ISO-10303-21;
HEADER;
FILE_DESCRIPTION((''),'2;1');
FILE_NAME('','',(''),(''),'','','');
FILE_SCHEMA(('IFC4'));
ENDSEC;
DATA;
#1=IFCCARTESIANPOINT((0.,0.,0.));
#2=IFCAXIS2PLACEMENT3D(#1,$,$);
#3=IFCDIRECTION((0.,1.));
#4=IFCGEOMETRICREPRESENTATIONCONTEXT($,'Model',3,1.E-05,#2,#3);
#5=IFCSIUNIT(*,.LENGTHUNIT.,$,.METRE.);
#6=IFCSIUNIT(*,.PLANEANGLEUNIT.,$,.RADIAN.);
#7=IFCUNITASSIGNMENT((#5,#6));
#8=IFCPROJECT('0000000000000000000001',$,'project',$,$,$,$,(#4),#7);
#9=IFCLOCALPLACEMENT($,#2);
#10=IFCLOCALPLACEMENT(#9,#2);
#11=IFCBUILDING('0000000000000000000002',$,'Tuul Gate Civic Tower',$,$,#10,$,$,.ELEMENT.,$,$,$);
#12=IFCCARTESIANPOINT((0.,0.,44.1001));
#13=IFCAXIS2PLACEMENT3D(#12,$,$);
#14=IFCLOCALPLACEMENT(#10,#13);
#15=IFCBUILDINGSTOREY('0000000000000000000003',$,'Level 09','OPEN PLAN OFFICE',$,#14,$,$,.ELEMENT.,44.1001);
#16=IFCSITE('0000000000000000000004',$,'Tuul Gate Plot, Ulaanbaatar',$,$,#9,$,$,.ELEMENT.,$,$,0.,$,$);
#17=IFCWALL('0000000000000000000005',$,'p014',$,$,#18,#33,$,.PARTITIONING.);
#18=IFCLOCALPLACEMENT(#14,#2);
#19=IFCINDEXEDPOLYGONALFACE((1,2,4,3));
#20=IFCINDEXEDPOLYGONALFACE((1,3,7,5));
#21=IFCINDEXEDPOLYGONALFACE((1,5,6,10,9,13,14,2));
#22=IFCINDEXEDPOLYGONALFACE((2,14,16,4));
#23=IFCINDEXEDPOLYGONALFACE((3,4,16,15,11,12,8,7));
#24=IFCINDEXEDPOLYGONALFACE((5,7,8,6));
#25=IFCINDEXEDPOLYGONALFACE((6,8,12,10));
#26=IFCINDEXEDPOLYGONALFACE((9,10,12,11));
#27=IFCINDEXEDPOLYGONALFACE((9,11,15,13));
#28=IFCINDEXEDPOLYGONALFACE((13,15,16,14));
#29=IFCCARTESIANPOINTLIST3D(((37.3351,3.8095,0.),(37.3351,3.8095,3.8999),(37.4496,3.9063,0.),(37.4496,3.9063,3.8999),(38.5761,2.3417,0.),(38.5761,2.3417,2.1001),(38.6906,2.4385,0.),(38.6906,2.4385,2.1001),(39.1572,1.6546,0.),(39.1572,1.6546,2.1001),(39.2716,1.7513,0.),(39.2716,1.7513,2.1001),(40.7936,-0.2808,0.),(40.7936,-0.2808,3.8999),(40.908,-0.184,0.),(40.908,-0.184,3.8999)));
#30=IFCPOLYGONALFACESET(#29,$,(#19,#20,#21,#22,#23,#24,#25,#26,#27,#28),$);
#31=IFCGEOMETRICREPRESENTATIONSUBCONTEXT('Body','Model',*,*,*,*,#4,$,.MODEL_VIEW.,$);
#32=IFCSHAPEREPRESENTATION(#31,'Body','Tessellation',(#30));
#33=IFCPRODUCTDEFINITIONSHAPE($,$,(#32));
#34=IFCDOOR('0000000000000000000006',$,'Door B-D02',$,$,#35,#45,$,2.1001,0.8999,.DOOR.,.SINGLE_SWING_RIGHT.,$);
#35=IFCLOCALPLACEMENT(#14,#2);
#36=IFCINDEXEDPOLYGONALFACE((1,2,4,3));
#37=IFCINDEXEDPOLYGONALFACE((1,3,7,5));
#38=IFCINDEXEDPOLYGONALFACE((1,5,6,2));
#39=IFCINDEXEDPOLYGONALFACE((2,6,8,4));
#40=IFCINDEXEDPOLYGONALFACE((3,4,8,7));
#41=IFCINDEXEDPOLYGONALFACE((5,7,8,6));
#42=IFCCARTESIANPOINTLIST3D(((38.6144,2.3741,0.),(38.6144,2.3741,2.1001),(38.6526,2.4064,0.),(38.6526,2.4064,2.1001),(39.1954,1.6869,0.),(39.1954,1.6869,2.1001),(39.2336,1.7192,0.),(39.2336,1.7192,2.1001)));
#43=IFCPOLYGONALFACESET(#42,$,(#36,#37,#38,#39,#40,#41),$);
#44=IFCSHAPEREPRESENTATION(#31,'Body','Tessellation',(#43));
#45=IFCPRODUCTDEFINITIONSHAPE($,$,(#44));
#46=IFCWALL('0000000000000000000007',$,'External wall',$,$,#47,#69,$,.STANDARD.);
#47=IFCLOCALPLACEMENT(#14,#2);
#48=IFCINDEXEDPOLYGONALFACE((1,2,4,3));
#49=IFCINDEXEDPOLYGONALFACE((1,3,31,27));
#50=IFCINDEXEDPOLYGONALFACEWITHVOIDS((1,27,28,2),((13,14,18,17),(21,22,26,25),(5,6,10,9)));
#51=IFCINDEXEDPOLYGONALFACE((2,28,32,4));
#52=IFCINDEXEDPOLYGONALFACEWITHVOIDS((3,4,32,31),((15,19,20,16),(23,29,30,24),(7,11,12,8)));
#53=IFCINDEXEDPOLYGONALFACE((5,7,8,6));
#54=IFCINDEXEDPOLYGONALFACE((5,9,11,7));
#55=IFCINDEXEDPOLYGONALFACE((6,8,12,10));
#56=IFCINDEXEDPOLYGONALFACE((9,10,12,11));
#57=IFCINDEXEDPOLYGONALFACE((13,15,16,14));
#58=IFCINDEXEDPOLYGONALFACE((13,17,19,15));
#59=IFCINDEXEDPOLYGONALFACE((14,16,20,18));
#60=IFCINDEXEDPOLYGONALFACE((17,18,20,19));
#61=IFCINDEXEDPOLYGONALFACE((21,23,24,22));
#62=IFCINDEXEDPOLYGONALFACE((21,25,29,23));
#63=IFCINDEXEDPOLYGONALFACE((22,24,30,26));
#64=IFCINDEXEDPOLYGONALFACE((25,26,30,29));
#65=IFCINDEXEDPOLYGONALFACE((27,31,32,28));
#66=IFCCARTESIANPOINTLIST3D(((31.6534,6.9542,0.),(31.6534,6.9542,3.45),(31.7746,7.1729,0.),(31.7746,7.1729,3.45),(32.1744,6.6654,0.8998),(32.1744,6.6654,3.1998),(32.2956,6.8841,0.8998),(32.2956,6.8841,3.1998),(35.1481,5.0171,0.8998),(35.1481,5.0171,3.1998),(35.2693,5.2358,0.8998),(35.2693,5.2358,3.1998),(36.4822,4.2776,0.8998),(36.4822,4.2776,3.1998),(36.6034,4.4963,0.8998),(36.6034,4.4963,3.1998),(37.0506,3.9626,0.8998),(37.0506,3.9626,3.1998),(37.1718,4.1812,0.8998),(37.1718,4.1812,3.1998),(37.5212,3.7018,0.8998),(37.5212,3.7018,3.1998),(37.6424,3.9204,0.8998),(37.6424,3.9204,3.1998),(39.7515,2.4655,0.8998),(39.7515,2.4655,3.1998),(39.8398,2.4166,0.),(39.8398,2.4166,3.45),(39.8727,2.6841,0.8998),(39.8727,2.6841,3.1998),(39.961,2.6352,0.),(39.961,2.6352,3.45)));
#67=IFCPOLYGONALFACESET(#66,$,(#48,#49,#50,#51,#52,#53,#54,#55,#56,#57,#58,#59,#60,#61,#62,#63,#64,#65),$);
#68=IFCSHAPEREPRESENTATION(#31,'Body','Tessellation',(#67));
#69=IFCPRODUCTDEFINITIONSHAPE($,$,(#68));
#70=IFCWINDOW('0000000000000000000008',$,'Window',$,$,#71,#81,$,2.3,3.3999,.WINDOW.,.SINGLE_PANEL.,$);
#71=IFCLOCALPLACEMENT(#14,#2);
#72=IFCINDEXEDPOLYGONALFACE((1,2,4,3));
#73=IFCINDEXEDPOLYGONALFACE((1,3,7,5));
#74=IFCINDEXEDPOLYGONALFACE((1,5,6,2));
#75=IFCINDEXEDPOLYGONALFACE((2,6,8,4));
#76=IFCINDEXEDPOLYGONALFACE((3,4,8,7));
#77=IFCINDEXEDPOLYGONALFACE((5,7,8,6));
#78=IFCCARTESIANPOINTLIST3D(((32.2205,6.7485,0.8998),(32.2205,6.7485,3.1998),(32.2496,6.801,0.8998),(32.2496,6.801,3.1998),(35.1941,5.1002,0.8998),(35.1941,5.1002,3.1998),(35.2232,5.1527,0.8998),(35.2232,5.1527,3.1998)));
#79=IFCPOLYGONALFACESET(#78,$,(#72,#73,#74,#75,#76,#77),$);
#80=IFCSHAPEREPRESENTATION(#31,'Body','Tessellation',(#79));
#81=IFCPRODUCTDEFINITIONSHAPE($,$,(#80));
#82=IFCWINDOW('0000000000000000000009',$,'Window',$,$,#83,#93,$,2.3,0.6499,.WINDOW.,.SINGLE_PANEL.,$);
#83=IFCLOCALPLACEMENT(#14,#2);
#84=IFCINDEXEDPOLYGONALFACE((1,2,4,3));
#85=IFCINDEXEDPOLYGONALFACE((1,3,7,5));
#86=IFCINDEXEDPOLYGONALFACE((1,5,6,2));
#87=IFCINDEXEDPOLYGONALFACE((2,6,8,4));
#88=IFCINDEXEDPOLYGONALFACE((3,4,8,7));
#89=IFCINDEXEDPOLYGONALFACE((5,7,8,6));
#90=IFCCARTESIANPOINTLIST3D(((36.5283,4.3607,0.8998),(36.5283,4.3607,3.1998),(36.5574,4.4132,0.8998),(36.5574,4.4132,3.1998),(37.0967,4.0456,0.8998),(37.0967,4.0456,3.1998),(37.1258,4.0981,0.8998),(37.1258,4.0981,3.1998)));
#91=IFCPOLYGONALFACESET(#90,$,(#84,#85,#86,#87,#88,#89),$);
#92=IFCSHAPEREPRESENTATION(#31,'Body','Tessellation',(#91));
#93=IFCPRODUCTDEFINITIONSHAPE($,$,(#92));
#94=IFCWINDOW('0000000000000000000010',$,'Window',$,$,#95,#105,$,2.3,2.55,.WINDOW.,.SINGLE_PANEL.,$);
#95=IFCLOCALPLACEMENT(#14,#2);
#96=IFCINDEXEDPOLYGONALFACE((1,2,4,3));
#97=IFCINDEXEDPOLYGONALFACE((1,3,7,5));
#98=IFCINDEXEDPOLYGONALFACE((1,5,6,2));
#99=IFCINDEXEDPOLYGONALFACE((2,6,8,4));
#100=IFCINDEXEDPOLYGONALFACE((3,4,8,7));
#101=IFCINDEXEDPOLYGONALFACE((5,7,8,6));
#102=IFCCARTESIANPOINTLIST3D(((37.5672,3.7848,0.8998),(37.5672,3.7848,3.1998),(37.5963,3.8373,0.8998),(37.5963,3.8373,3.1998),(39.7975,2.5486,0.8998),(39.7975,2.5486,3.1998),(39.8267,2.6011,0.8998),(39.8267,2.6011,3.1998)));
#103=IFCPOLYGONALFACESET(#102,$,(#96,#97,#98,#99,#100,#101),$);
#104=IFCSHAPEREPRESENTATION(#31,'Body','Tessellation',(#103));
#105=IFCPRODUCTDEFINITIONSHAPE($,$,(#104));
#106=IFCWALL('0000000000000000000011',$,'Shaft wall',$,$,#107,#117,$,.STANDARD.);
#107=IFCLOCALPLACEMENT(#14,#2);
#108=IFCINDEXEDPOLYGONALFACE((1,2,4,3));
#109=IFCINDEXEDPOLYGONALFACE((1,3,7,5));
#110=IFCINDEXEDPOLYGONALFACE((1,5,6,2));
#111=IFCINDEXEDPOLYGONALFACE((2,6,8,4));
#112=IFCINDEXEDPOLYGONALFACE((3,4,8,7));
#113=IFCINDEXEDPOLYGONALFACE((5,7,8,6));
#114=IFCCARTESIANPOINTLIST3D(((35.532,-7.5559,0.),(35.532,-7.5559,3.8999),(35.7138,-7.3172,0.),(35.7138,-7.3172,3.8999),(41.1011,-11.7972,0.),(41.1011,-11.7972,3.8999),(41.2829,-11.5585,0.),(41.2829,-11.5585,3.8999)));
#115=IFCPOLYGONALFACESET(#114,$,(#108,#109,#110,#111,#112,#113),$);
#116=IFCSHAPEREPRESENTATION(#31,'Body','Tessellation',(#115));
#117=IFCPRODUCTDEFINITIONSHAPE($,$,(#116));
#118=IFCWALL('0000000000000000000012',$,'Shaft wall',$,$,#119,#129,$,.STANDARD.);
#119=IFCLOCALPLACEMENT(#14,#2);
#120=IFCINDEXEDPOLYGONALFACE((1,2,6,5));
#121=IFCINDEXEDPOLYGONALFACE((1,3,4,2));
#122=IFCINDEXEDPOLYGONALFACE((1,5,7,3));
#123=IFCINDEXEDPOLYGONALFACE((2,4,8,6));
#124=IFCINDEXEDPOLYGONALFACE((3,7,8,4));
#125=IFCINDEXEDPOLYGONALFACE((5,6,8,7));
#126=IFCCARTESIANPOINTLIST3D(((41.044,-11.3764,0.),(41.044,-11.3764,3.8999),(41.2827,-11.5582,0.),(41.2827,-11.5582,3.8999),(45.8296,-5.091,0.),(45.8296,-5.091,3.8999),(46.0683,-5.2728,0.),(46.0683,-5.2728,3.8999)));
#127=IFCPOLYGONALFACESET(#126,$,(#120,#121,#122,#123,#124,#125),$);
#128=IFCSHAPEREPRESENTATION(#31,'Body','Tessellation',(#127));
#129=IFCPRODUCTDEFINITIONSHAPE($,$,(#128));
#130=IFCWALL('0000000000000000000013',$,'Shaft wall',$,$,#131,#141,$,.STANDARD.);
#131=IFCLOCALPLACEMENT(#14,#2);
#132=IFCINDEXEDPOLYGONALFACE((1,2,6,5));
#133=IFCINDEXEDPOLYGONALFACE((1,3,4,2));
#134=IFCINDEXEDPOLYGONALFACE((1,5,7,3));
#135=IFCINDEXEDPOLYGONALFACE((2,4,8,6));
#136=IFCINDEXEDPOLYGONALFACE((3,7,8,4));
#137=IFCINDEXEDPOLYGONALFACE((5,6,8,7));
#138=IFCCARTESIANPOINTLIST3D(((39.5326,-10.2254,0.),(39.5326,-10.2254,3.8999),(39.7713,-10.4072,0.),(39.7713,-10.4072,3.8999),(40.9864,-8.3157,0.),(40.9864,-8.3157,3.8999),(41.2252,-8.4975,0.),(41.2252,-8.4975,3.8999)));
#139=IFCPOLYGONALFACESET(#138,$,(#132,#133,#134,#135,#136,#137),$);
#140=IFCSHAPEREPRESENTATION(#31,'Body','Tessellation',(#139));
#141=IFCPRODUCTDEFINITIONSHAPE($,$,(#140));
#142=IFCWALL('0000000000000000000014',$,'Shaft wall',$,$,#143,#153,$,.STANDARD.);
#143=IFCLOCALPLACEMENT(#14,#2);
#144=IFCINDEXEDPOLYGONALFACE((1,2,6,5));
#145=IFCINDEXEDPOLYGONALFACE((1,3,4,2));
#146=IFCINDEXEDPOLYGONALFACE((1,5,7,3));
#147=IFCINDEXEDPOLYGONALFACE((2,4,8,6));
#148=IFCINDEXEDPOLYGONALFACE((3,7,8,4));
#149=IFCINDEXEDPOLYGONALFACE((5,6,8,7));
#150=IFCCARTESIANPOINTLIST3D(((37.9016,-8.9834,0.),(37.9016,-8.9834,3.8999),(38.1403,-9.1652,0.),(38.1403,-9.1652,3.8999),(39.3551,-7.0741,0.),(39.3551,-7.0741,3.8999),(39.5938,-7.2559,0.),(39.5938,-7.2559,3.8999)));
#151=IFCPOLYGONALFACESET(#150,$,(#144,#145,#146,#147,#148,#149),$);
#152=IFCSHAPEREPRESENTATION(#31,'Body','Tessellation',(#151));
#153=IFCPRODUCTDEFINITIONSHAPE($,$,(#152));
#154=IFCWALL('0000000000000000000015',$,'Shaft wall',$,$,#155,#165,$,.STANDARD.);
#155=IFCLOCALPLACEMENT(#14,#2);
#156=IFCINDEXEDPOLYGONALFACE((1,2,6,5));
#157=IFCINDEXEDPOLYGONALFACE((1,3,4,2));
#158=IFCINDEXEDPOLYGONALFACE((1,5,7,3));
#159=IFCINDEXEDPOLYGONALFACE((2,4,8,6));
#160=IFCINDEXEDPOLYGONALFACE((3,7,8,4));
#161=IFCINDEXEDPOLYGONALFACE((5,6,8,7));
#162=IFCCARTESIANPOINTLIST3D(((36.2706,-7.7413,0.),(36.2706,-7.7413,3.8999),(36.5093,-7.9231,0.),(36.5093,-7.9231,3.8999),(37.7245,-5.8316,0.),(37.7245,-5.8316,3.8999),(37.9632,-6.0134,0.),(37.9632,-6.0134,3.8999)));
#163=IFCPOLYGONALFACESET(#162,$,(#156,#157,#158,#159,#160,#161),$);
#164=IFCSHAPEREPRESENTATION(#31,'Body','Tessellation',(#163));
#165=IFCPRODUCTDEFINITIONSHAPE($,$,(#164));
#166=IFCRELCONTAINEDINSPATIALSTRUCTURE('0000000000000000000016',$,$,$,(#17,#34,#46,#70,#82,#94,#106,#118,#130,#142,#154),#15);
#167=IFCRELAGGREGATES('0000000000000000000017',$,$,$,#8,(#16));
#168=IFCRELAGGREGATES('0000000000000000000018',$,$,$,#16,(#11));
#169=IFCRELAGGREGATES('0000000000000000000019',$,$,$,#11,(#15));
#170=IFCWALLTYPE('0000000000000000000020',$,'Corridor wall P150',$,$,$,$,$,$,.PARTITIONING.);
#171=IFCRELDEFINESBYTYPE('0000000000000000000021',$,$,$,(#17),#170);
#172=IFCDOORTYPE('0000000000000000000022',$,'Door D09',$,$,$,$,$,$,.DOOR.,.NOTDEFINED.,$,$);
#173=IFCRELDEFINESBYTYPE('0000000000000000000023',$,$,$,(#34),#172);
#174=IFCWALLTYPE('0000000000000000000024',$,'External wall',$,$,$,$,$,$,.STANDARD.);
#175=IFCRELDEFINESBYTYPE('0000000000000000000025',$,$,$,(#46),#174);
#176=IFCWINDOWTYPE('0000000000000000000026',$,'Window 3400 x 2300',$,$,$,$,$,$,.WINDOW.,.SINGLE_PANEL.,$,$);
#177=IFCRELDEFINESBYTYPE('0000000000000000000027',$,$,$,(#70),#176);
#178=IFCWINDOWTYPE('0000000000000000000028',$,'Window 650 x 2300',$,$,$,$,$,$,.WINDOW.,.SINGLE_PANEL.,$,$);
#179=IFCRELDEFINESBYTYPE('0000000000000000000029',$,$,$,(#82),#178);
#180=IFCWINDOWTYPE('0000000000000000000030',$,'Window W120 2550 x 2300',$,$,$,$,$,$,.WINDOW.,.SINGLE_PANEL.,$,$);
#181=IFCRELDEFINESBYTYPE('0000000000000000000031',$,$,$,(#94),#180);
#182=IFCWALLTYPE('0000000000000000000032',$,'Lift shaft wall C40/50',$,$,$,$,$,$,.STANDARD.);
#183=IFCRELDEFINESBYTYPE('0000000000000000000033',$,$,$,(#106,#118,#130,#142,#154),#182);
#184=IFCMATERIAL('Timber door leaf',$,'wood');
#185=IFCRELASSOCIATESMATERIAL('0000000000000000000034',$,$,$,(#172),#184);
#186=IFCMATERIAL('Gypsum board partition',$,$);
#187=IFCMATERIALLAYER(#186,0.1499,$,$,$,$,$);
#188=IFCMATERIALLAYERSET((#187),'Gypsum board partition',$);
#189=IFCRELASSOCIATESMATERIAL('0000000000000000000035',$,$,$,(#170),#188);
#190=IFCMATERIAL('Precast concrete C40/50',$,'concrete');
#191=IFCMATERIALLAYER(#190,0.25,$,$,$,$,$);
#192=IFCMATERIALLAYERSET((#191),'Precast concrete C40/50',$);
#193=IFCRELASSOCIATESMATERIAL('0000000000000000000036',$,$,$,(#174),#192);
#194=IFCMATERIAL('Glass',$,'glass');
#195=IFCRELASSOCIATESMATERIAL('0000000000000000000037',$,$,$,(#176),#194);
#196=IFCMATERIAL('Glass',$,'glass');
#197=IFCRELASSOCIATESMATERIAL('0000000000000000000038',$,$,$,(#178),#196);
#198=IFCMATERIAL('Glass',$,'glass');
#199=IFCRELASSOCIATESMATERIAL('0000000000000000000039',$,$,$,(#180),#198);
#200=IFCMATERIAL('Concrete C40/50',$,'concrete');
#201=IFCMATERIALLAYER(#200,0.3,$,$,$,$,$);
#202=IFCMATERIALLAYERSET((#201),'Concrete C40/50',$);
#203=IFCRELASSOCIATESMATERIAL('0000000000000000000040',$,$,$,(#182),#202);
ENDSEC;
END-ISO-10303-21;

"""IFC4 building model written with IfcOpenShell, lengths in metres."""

from ifc_helpers import new_model, si_unit, direction, frame, frame_2d, origin, place, context, subcontext, project, spatial, rectangle, extrude, material, layer, layer_set, type_object, element, fill, save


model = new_model("IFC4")

# Units and contexts
model_context = context("Model", 3, precision=1e-05, world=origin(), true_north=direction((0.0, 1.0)))
body_context = subcontext(model_context, "Body", "Model", "MODEL_VIEW")
ifc_project = project(units=[si_unit("LENGTHUNIT", "METRE"), si_unit("PLANEANGLEUNIT", "RADIAN")], contexts=[model_context])

# Site, building, storey
site_placement = place(None, origin())
site = spatial("IfcSite", under=ifc_project, at=site_placement, Name="Tuul Gate Plot, Ulaanbaatar", CompositionType="ELEMENT", RefElevation=0.0)
building_placement = place(site_placement, origin())
building = spatial("IfcBuilding", under=site, at=building_placement, Name="Tuul Gate Civic Tower", CompositionType="ELEMENT")
storey_placement = place(building_placement, frame((0.0, 0.0, 44.1001)))
storey = spatial("IfcBuildingStorey", under=building, at=storey_placement, Name="Level 09", Description="OPEN PLAN OFFICE", CompositionType="ELEMENT", Elevation=44.1001)

# Shared definitions
ifc_material_1 = material(Name="Timber door leaf", Category="wood")
door_type_1 = type_object("IfcDoorType", Name="Door D09", OperationType="NOTDEFINED", PredefinedType="DOOR", material=ifc_material_1)

# Shared definitions
ifc_material_2 = material(Name="Gypsum board partition")
ifc_layer_1 = layer(ifc_material_2, 0.1499)
ifc_layer_set_1 = layer_set([ifc_layer_1], Name="Gypsum board partition")
wall_type_1 = type_object("IfcWallType", Name="Corridor wall P150", PredefinedType="PARTITIONING", material=ifc_layer_set_1)

# Wall, opening, door
wall_1_placement = place(storey_placement, frame((37.3923, 3.8579, 0.0), z_axis=(0.0, 0.0, 1.0), x_axis=(0.645664, -0.763621, 0.0)))
wall_1 = element("IfcWall", 1, at=wall_1_placement, inside=storey, type_object=wall_type_1, Name="p014", PredefinedType="PARTITIONING", context=body_context, shape_type="SweptSolid", body=[
    extrude(rectangle(XDim=5.3564, YDim=0.1499, at=frame_2d((2.6782, 0.0))), origin(), (0.0, 0.0, 1.0), 3.8999),
])
opening_1_placement = place(wall_1_placement, frame((1.9221, 0.0, 0.0)))
opening_1 = element("IfcOpeningElement", 2, at=opening_1_placement, cuts=wall_1, PredefinedType="OPENING", context=body_context, shape_type="SweptSolid", body=[
    extrude(rectangle(XDim=0.8999, YDim=2.1001, at=frame_2d((0.45, 1.05))), frame((0.0, 0.085, 0.0), z_axis=(0.0, -1.0, 0.0), x_axis=(1.0, 0.0, 0.0)), (0.0, 0.0, 1.0), 0.1699),
])
door_1_placement = place(opening_1_placement, frame((0.8999, 0.0, 0.0), z_axis=(0.0, 0.0, 1.0), x_axis=(-1.0, 0.0, 0.0)))
door_1 = element("IfcDoor", 3, at=door_1_placement, inside=storey, type_object=door_type_1, Name="Door B-D02", OperationType="SINGLE_SWING_RIGHT", OverallHeight=2.1001, OverallWidth=0.8999, PredefinedType="DOOR", context=body_context, shape_type="SweptSolid", body=[
    extrude(rectangle(XDim=0.8999, YDim=2.1001, at=frame_2d((0.45, 1.05))), frame((0.0, 0.0249, 0.0), z_axis=(0.0, -1.0, 0.0), x_axis=(1.0, 0.0, 0.0)), (0.0, 0.0, 1.0), 0.05),
])
fill(opening_1, door_1)

# Wall, openings, windows
ifc_material_3 = material(Name="Precast concrete C40/50", Category="concrete")
ifc_layer_2 = layer(ifc_material_3, 0.25)
ifc_layer_set_2 = layer_set([ifc_layer_2], Name="Precast concrete C40/50")
wall_type_2 = type_object("IfcWallType", Name="External wall", PredefinedType="STANDARD", material=ifc_layer_set_2)
wall_2_placement = place(storey_placement, frame((39.9004, 2.5259, 0.0), z_axis=(0.0, 0.0, 1.0), x_axis=(-0.874626, 0.484799, 0.0)))
wall_2 = element("IfcWall", 4, at=wall_2_placement, inside=storey, type_object=wall_type_2, Name="External wall", PredefinedType="STANDARD", context=body_context, shape_type="SweptSolid", body=[
    extrude(rectangle(XDim=9.3599, YDim=0.25, at=frame_2d((4.6799, 0.0))), origin(), (0.0, 0.0, 1.0), 3.45),
])
opening_2_placement = place(wall_2_placement, frame((0.1011, 0.0, 0.8999)))
opening_2 = element("IfcOpeningElement", 5, at=opening_2_placement, cuts=wall_2, PredefinedType="OPENING", context=body_context, shape_type="SweptSolid", body=[
    extrude(rectangle(XDim=2.55, YDim=2.3, at=frame_2d((1.2749, 1.1499))), frame((0.0, 0.135, 0.0), z_axis=(0.0, -1.0, 0.0), x_axis=(1.0, 0.0, 0.0)), (0.0, 0.0, 1.0), 0.27),
])
opening_3_placement = place(wall_2_placement, frame((3.189, 0.0, 0.8999)))
opening_3 = element("IfcOpeningElement", 6, at=opening_3_placement, cuts=wall_2, PredefinedType="OPENING", context=body_context, shape_type="SweptSolid", body=[
    extrude(rectangle(XDim=0.6499, YDim=2.3, at=frame_2d((0.325, 1.1499))), frame((0.0, 0.135, 0.0), z_axis=(0.0, -1.0, 0.0), x_axis=(1.0, 0.0, 0.0)), (0.0, 0.0, 1.0), 0.27),
])
opening_4_placement = place(wall_2_placement, frame((5.3643, 0.0, 0.8999)))
opening_4 = element("IfcOpeningElement", 7, at=opening_4_placement, cuts=wall_2, PredefinedType="OPENING", context=body_context, shape_type="SweptSolid", body=[
    extrude(rectangle(XDim=3.3999, YDim=2.3, at=frame_2d((1.7, 1.1499))), frame((0.0, 0.135, 0.0), z_axis=(0.0, -1.0, 0.0), x_axis=(1.0, 0.0, 0.0)), (0.0, 0.0, 1.0), 0.27),
])
ifc_material_4 = material(Name="Glass", Category="glass")
window_type_1 = type_object("IfcWindowType", Name="Window 3400 x 2300", PartitioningType="SINGLE_PANEL", PredefinedType="WINDOW", material=ifc_material_4)
window_1_placement = place(opening_4_placement, origin())
window_1 = element("IfcWindow", 8, at=window_1_placement, inside=storey, type_object=window_type_1, Name="Window", OverallHeight=2.3, OverallWidth=3.3999, PartitioningType="SINGLE_PANEL", PredefinedType="WINDOW", context=body_context, shape_type="SweptSolid", body=[
    extrude(rectangle(XDim=3.3999, YDim=2.3, at=frame_2d((1.7, 1.1499))), frame((0.0, 0.03, 0.0), z_axis=(0.0, -1.0, 0.0), x_axis=(1.0, 0.0, 0.0)), (0.0, 0.0, 1.0), 0.0601),
])
fill(opening_4, window_1)
ifc_material_5 = material(Name="Glass", Category="glass")
window_type_2 = type_object("IfcWindowType", Name="Window 650 x 2300", PartitioningType="SINGLE_PANEL", PredefinedType="WINDOW", material=ifc_material_5)
window_2_placement = place(opening_3_placement, origin())
window_2 = element("IfcWindow", 9, at=window_2_placement, inside=storey, type_object=window_type_2, Name="Window", OverallHeight=2.3, OverallWidth=0.6499, PartitioningType="SINGLE_PANEL", PredefinedType="WINDOW", context=body_context, shape_type="SweptSolid", body=[
    extrude(rectangle(XDim=0.6499, YDim=2.3, at=frame_2d((0.325, 1.1499))), frame((0.0, 0.03, 0.0), z_axis=(0.0, -1.0, 0.0), x_axis=(1.0, 0.0, 0.0)), (0.0, 0.0, 1.0), 0.0601),
])
fill(opening_3, window_2)
ifc_material_6 = material(Name="Glass", Category="glass")
window_type_3 = type_object("IfcWindowType", Name="Window W120 2550 x 2300", PartitioningType="SINGLE_PANEL", PredefinedType="WINDOW", material=ifc_material_6)
window_3_placement = place(opening_2_placement, origin())
window_3 = element("IfcWindow", 10, at=window_3_placement, inside=storey, type_object=window_type_3, Name="Window", OverallHeight=2.3, OverallWidth=2.55, PartitioningType="SINGLE_PANEL", PredefinedType="WINDOW", context=body_context, shape_type="SweptSolid", body=[
    extrude(rectangle(XDim=2.55, YDim=2.3, at=frame_2d((1.2749, 1.1499))), frame((0.0, 0.03, 0.0), z_axis=(0.0, -1.0, 0.0), x_axis=(1.0, 0.0, 0.0)), (0.0, 0.0, 1.0), 0.0601),
])
fill(opening_2, window_3)

# Walls
ifc_material_7 = material(Name="Concrete C40/50", Category="concrete")
ifc_layer_3 = layer(ifc_material_7, 0.3)
ifc_layer_set_3 = layer_set([ifc_layer_3], Name="Concrete C40/50")
wall_type_3 = type_object("IfcWallType", Name="Lift shaft wall C40/50", PredefinedType="STANDARD", material=ifc_layer_set_3)
wall_3_placement = place(storey_placement, frame((41.1919, -11.6777, 0.0), z_axis=(0.0, 0.0, 1.0), x_axis=(-0.795563, 0.605871, 0.0)))
element("IfcWall", 11, at=wall_3_placement, inside=storey, type_object=wall_type_3, Name="Shaft wall", PredefinedType="STANDARD", context=body_context, shape_type="SweptSolid", body=[
    extrude(rectangle(XDim=7.0002, YDim=0.3, at=frame_2d((3.5, 0.0))), origin(), (0.0, 0.0, 1.0), 3.8999),
])
wall_4_placement = place(storey_placement, frame((41.1633, -11.4673, 0.0), z_axis=(0.0, 0.0, 1.0), x_axis=(0.605784, 0.795629, 0.0)))
element("IfcWall", 12, at=wall_4_placement, inside=storey, type_object=wall_type_3, Name="Shaft wall", PredefinedType="STANDARD", context=body_context, shape_type="SweptSolid", body=[
    extrude(rectangle(XDim=7.8999, YDim=0.3, at=frame_2d((3.95, 0.0))), origin(), (0.0, 0.0, 1.0), 3.8999),
])
wall_5_placement = place(storey_placement, frame((39.6519, -10.3164, 0.0), z_axis=(0.0, 0.0, 1.0), x_axis=(0.605746, 0.795658, 0.0)))
element("IfcWall", 13, at=wall_5_placement, inside=storey, type_object=wall_type_3, Name="Shaft wall", PredefinedType="STANDARD", context=body_context, shape_type="SweptSolid", body=[
    extrude(rectangle(XDim=2.4001, YDim=0.3, at=frame_2d((1.2002, 0.0))), origin(), (0.0, 0.0, 1.0), 3.8999),
])
wall_6_placement = place(storey_placement, frame((38.021, -9.0742, 0.0), z_axis=(0.0, 0.0, 1.0), x_axis=(0.605731, 0.79567, 0.0)))
element("IfcWall", 14, at=wall_6_placement, inside=storey, type_object=wall_type_3, Name="Shaft wall", PredefinedType="STANDARD", context=body_context, shape_type="SweptSolid", body=[
    extrude(rectangle(XDim=2.3997, YDim=0.3, at=frame_2d((1.1997, 0.0))), origin(), (0.0, 0.0, 1.0), 3.8999),
])
wall_7_placement = place(storey_placement, frame((36.3899, -7.8323, 0.0), z_axis=(0.0, 0.0, 1.0), x_axis=(0.605746, 0.795658, 0.0)))
element("IfcWall", 15, at=wall_7_placement, inside=storey, type_object=wall_type_3, Name="Shaft wall", PredefinedType="STANDARD", context=body_context, shape_type="SweptSolid", body=[
    extrude(rectangle(XDim=2.4001, YDim=0.3, at=frame_2d((1.2002, 0.0))), origin(), (0.0, 0.0, 1.0), 3.8999),
])

save(model, "model.ifc")
